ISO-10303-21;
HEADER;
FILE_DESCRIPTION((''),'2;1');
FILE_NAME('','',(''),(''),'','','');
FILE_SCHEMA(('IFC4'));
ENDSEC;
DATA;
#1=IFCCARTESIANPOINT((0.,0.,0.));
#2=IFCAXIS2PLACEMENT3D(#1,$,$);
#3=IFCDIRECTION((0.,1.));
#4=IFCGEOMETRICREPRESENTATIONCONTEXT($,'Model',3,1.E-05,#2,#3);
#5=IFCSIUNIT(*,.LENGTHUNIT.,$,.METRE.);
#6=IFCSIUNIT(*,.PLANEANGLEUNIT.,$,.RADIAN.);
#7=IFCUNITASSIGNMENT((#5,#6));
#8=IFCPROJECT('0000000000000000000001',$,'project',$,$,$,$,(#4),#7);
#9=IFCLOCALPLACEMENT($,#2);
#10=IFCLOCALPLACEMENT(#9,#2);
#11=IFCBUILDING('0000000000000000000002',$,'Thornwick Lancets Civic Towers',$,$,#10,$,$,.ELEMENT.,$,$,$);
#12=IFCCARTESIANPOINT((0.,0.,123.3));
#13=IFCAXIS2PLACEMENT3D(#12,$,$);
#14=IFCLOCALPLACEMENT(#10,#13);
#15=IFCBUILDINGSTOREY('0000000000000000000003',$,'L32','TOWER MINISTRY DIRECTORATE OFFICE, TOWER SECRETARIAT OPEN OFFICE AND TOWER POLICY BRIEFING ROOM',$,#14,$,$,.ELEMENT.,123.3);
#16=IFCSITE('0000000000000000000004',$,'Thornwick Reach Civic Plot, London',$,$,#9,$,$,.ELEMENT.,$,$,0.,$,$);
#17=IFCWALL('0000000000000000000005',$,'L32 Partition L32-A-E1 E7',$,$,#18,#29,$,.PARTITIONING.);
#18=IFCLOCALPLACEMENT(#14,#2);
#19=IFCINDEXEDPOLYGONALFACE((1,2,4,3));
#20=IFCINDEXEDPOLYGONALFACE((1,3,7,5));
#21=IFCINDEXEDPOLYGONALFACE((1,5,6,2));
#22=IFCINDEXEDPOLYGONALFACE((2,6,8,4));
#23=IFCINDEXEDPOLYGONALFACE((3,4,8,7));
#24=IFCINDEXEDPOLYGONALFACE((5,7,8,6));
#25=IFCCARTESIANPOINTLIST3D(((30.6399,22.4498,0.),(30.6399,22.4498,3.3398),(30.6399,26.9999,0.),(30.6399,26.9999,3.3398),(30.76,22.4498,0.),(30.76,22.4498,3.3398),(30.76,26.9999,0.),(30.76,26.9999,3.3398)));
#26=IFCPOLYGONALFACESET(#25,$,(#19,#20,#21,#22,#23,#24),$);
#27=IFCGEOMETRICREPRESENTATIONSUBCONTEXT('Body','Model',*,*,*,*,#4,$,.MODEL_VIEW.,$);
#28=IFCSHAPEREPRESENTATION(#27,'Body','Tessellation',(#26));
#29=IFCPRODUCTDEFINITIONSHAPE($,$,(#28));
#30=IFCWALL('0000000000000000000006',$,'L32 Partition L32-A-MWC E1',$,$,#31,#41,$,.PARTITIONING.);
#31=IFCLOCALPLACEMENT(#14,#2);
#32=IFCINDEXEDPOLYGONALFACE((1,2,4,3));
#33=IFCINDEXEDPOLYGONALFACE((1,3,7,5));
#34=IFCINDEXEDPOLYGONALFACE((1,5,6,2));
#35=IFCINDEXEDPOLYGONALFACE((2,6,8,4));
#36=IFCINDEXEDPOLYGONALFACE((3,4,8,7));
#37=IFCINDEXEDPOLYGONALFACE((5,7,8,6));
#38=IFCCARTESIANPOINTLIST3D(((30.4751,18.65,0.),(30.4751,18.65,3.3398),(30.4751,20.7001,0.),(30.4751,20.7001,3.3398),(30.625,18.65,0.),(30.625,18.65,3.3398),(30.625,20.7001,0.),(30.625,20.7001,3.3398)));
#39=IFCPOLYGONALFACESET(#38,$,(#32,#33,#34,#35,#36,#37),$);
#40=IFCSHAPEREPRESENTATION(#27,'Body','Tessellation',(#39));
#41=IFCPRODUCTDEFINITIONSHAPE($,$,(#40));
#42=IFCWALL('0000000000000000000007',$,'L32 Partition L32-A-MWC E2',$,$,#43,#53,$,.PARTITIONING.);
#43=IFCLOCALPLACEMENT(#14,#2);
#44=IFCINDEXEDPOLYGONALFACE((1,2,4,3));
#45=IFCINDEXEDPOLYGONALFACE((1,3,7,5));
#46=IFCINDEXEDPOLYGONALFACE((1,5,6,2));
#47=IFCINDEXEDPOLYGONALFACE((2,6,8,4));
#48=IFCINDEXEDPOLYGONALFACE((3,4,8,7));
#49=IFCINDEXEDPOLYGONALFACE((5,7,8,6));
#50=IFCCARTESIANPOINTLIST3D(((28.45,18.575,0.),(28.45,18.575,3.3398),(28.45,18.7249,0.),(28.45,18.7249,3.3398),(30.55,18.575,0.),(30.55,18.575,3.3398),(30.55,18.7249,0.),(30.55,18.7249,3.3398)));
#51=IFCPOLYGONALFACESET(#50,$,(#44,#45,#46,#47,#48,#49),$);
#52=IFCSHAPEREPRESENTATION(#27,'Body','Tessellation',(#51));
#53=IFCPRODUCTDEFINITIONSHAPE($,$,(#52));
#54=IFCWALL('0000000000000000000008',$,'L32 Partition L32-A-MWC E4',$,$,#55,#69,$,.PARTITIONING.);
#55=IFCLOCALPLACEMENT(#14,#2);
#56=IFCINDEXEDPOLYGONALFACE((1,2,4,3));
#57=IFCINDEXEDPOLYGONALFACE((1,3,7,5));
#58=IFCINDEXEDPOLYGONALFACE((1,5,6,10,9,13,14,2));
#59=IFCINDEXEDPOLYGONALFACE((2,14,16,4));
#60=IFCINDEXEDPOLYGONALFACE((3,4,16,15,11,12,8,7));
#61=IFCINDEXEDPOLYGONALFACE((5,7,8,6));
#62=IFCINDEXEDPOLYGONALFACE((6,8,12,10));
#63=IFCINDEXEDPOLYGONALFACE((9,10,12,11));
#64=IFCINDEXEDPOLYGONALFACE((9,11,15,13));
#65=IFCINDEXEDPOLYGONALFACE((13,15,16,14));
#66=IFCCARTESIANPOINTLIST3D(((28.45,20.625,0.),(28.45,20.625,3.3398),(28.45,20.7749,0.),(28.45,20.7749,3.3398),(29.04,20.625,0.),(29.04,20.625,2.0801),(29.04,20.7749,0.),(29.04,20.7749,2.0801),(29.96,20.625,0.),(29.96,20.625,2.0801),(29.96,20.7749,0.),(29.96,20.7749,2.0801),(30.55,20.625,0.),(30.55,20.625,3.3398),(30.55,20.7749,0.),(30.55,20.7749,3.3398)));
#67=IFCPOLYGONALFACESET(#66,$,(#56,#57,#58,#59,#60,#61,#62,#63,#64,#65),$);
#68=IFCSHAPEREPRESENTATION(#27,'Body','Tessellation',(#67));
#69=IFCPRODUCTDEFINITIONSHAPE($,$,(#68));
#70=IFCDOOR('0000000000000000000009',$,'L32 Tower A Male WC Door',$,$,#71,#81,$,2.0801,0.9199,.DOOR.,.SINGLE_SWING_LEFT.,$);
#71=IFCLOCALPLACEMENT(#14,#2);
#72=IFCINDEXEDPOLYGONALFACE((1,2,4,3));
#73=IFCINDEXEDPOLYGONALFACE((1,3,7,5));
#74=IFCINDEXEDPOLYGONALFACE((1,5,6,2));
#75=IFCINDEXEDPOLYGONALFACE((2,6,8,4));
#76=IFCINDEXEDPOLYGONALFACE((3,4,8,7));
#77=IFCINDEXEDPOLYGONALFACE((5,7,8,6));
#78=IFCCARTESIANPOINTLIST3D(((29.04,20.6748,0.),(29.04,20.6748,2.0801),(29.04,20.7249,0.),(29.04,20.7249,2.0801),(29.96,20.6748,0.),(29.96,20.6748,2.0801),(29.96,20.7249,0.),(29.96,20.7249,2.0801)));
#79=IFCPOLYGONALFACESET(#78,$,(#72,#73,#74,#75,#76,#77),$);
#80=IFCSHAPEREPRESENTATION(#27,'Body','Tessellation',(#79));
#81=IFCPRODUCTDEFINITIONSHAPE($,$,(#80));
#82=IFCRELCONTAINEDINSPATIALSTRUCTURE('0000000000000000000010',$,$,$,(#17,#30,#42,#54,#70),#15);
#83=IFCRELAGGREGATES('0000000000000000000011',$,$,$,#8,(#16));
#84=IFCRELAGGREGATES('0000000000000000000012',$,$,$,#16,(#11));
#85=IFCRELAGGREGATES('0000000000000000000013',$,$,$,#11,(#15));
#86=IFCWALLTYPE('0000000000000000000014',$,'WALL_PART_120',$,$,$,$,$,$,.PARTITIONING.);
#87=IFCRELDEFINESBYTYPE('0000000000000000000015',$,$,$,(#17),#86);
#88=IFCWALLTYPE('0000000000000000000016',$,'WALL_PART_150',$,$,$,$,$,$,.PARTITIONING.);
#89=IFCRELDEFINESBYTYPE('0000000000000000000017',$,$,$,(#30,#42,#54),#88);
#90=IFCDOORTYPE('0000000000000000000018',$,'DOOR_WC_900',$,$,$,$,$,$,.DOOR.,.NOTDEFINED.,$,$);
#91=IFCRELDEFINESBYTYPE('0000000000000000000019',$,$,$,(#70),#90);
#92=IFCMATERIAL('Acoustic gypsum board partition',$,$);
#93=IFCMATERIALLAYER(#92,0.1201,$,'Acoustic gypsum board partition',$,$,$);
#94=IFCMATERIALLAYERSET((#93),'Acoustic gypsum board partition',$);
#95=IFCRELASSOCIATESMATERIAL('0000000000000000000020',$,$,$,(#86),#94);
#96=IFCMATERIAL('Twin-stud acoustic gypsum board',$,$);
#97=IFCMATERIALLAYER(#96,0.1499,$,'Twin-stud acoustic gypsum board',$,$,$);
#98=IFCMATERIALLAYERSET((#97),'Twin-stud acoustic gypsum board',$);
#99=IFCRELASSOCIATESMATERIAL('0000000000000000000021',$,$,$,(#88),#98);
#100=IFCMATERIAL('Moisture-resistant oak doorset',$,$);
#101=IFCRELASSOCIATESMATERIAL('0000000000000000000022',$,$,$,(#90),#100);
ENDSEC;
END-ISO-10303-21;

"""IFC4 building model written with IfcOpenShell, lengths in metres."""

from ifc_helpers import new_model, si_unit, direction, frame, frame_2d, origin, place, context, subcontext, project, spatial, rectangle, extrude, material, layer, layer_set, type_object, element, fill, save


model = new_model("IFC4")

# Units and contexts
model_context = context("Model", 3, precision=1e-05, world=origin(), true_north=direction((0.0, 1.0)))
body_context = subcontext(model_context, "Body", "Model", "MODEL_VIEW")
ifc_project = project(units=[si_unit("LENGTHUNIT", "METRE"), si_unit("PLANEANGLEUNIT", "RADIAN")], contexts=[model_context])

# Site, building, storey
site_placement = place(None, origin())
site = spatial("IfcSite", under=ifc_project, at=site_placement, Name="Thornwick Reach Civic Plot, London", CompositionType="ELEMENT", RefElevation=0.0)
building_placement = place(site_placement, origin())
building = spatial("IfcBuilding", under=site, at=building_placement, Name="Thornwick Lancets Civic Towers", CompositionType="ELEMENT")
storey_placement = place(building_placement, frame((0.0, 0.0, 123.3)))
storey = spatial("IfcBuildingStorey", under=building, at=storey_placement, Name="L32", Description="TOWER MINISTRY DIRECTORATE OFFICE, TOWER SECRETARIAT OPEN OFFICE AND TOWER POLICY BRIEFING ROOM", CompositionType="ELEMENT", Elevation=123.3)

# Shared definitions
ifc_material_1 = material(Name="Acoustic gypsum board partition")
ifc_layer_1 = layer(ifc_material_1, 0.1201, Name="Acoustic gypsum board partition")
ifc_layer_set_1 = layer_set([ifc_layer_1], Name="Acoustic gypsum board partition")
wall_type_1 = type_object("IfcWallType", Name="WALL_PART_120", PredefinedType="PARTITIONING", material=ifc_layer_set_1)

# Walls
wall_1_placement = place(storey_placement, frame((30.7, 22.45, 0.0), z_axis=(0.0, 0.0, 1.0), x_axis=(0.0, 1.0, 0.0)))
element("IfcWall", 1, at=wall_1_placement, inside=storey, type_object=wall_type_1, Name="L32 Partition L32-A-E1 E7", PredefinedType="PARTITIONING", context=body_context, shape_type="SweptSolid", body=[
    extrude(rectangle(XDim=4.55, YDim=0.1201, at=frame_2d((2.2749, 0.0))), origin(), (0.0, 0.0, 1.0), 3.3398),
])
ifc_material_2 = material(Name="Twin-stud acoustic gypsum board")
ifc_layer_2 = layer(ifc_material_2, 0.1499, Name="Twin-stud acoustic gypsum board")
ifc_layer_set_2 = layer_set([ifc_layer_2], Name="Twin-stud acoustic gypsum board")
wall_type_2 = type_object("IfcWallType", Name="WALL_PART_150", PredefinedType="PARTITIONING", material=ifc_layer_set_2)
wall_2_placement = place(storey_placement, frame((30.55, 20.7, 0.0), z_axis=(0.0, 0.0, 1.0), x_axis=(0.0, -1.0, 0.0)))
element("IfcWall", 2, at=wall_2_placement, inside=storey, type_object=wall_type_2, Name="L32 Partition L32-A-MWC E1", PredefinedType="PARTITIONING", context=body_context, shape_type="SweptSolid", body=[
    extrude(rectangle(XDim=2.05, YDim=0.1499, at=frame_2d((1.0249, 0.0))), origin(), (0.0, 0.0, 1.0), 3.3398),
])
wall_3_placement = place(storey_placement, frame((30.55, 18.6499, 0.0), z_axis=(0.0, 0.0, 1.0), x_axis=(-1.0, 0.0, 0.0)))
element("IfcWall", 3, at=wall_3_placement, inside=storey, type_object=wall_type_2, Name="L32 Partition L32-A-MWC E2", PredefinedType="PARTITIONING", context=body_context, shape_type="SweptSolid", body=[
    extrude(rectangle(XDim=2.1001, YDim=0.1499, at=frame_2d((1.05, 0.0))), origin(), (0.0, 0.0, 1.0), 3.3398),
])

# Wall, opening, door
wall_4_placement = place(storey_placement, frame((28.45, 20.7, 0.0), z_axis=(0.0, 0.0, 1.0), x_axis=(1.0, 0.0, 0.0)))
wall_4 = element("IfcWall", 4, at=wall_4_placement, inside=storey, type_object=wall_type_2, Name="L32 Partition L32-A-MWC E4", PredefinedType="PARTITIONING", context=body_context, shape_type="SweptSolid", body=[
    extrude(rectangle(XDim=2.1001, YDim=0.1499, at=frame_2d((1.05, 0.0))), origin(), (0.0, 0.0, 1.0), 3.3398),
])
opening_1_placement = place(wall_4_placement, frame((0.5901, 0.0, 0.0)))
opening_1 = element("IfcOpeningElement", 5, at=opening_1_placement, cuts=wall_4, PredefinedType="OPENING", context=body_context, shape_type="SweptSolid", body=[
    extrude(rectangle(XDim=0.9199, YDim=2.0801, at=frame_2d((0.46, 1.04))), frame((0.0, 0.085, 0.0), z_axis=(0.0, -1.0, 0.0), x_axis=(1.0, 0.0, 0.0)), (0.0, 0.0, 1.0), 0.1699),
])
ifc_material_3 = material(Name="Moisture-resistant oak doorset")
door_type_1 = type_object("IfcDoorType", Name="DOOR_WC_900", OperationType="NOTDEFINED", PredefinedType="DOOR", material=ifc_material_3)
door_1_placement = place(opening_1_placement, origin())
door_1 = element("IfcDoor", 6, at=door_1_placement, inside=storey, type_object=door_type_1, Name="L32 Tower A Male WC Door", OperationType="SINGLE_SWING_LEFT", OverallHeight=2.0801, OverallWidth=0.9199, PredefinedType="DOOR", context=body_context, shape_type="SweptSolid", body=[
    extrude(rectangle(XDim=0.9199, YDim=2.0801, at=frame_2d((0.46, 1.04))), frame((0.0, 0.0249, 0.0), z_axis=(0.0, -1.0, 0.0), x_axis=(1.0, 0.0, 0.0)), (0.0, 0.0, 1.0), 0.05),
])
fill(opening_1, door_1)

save(model, "model.ifc")
